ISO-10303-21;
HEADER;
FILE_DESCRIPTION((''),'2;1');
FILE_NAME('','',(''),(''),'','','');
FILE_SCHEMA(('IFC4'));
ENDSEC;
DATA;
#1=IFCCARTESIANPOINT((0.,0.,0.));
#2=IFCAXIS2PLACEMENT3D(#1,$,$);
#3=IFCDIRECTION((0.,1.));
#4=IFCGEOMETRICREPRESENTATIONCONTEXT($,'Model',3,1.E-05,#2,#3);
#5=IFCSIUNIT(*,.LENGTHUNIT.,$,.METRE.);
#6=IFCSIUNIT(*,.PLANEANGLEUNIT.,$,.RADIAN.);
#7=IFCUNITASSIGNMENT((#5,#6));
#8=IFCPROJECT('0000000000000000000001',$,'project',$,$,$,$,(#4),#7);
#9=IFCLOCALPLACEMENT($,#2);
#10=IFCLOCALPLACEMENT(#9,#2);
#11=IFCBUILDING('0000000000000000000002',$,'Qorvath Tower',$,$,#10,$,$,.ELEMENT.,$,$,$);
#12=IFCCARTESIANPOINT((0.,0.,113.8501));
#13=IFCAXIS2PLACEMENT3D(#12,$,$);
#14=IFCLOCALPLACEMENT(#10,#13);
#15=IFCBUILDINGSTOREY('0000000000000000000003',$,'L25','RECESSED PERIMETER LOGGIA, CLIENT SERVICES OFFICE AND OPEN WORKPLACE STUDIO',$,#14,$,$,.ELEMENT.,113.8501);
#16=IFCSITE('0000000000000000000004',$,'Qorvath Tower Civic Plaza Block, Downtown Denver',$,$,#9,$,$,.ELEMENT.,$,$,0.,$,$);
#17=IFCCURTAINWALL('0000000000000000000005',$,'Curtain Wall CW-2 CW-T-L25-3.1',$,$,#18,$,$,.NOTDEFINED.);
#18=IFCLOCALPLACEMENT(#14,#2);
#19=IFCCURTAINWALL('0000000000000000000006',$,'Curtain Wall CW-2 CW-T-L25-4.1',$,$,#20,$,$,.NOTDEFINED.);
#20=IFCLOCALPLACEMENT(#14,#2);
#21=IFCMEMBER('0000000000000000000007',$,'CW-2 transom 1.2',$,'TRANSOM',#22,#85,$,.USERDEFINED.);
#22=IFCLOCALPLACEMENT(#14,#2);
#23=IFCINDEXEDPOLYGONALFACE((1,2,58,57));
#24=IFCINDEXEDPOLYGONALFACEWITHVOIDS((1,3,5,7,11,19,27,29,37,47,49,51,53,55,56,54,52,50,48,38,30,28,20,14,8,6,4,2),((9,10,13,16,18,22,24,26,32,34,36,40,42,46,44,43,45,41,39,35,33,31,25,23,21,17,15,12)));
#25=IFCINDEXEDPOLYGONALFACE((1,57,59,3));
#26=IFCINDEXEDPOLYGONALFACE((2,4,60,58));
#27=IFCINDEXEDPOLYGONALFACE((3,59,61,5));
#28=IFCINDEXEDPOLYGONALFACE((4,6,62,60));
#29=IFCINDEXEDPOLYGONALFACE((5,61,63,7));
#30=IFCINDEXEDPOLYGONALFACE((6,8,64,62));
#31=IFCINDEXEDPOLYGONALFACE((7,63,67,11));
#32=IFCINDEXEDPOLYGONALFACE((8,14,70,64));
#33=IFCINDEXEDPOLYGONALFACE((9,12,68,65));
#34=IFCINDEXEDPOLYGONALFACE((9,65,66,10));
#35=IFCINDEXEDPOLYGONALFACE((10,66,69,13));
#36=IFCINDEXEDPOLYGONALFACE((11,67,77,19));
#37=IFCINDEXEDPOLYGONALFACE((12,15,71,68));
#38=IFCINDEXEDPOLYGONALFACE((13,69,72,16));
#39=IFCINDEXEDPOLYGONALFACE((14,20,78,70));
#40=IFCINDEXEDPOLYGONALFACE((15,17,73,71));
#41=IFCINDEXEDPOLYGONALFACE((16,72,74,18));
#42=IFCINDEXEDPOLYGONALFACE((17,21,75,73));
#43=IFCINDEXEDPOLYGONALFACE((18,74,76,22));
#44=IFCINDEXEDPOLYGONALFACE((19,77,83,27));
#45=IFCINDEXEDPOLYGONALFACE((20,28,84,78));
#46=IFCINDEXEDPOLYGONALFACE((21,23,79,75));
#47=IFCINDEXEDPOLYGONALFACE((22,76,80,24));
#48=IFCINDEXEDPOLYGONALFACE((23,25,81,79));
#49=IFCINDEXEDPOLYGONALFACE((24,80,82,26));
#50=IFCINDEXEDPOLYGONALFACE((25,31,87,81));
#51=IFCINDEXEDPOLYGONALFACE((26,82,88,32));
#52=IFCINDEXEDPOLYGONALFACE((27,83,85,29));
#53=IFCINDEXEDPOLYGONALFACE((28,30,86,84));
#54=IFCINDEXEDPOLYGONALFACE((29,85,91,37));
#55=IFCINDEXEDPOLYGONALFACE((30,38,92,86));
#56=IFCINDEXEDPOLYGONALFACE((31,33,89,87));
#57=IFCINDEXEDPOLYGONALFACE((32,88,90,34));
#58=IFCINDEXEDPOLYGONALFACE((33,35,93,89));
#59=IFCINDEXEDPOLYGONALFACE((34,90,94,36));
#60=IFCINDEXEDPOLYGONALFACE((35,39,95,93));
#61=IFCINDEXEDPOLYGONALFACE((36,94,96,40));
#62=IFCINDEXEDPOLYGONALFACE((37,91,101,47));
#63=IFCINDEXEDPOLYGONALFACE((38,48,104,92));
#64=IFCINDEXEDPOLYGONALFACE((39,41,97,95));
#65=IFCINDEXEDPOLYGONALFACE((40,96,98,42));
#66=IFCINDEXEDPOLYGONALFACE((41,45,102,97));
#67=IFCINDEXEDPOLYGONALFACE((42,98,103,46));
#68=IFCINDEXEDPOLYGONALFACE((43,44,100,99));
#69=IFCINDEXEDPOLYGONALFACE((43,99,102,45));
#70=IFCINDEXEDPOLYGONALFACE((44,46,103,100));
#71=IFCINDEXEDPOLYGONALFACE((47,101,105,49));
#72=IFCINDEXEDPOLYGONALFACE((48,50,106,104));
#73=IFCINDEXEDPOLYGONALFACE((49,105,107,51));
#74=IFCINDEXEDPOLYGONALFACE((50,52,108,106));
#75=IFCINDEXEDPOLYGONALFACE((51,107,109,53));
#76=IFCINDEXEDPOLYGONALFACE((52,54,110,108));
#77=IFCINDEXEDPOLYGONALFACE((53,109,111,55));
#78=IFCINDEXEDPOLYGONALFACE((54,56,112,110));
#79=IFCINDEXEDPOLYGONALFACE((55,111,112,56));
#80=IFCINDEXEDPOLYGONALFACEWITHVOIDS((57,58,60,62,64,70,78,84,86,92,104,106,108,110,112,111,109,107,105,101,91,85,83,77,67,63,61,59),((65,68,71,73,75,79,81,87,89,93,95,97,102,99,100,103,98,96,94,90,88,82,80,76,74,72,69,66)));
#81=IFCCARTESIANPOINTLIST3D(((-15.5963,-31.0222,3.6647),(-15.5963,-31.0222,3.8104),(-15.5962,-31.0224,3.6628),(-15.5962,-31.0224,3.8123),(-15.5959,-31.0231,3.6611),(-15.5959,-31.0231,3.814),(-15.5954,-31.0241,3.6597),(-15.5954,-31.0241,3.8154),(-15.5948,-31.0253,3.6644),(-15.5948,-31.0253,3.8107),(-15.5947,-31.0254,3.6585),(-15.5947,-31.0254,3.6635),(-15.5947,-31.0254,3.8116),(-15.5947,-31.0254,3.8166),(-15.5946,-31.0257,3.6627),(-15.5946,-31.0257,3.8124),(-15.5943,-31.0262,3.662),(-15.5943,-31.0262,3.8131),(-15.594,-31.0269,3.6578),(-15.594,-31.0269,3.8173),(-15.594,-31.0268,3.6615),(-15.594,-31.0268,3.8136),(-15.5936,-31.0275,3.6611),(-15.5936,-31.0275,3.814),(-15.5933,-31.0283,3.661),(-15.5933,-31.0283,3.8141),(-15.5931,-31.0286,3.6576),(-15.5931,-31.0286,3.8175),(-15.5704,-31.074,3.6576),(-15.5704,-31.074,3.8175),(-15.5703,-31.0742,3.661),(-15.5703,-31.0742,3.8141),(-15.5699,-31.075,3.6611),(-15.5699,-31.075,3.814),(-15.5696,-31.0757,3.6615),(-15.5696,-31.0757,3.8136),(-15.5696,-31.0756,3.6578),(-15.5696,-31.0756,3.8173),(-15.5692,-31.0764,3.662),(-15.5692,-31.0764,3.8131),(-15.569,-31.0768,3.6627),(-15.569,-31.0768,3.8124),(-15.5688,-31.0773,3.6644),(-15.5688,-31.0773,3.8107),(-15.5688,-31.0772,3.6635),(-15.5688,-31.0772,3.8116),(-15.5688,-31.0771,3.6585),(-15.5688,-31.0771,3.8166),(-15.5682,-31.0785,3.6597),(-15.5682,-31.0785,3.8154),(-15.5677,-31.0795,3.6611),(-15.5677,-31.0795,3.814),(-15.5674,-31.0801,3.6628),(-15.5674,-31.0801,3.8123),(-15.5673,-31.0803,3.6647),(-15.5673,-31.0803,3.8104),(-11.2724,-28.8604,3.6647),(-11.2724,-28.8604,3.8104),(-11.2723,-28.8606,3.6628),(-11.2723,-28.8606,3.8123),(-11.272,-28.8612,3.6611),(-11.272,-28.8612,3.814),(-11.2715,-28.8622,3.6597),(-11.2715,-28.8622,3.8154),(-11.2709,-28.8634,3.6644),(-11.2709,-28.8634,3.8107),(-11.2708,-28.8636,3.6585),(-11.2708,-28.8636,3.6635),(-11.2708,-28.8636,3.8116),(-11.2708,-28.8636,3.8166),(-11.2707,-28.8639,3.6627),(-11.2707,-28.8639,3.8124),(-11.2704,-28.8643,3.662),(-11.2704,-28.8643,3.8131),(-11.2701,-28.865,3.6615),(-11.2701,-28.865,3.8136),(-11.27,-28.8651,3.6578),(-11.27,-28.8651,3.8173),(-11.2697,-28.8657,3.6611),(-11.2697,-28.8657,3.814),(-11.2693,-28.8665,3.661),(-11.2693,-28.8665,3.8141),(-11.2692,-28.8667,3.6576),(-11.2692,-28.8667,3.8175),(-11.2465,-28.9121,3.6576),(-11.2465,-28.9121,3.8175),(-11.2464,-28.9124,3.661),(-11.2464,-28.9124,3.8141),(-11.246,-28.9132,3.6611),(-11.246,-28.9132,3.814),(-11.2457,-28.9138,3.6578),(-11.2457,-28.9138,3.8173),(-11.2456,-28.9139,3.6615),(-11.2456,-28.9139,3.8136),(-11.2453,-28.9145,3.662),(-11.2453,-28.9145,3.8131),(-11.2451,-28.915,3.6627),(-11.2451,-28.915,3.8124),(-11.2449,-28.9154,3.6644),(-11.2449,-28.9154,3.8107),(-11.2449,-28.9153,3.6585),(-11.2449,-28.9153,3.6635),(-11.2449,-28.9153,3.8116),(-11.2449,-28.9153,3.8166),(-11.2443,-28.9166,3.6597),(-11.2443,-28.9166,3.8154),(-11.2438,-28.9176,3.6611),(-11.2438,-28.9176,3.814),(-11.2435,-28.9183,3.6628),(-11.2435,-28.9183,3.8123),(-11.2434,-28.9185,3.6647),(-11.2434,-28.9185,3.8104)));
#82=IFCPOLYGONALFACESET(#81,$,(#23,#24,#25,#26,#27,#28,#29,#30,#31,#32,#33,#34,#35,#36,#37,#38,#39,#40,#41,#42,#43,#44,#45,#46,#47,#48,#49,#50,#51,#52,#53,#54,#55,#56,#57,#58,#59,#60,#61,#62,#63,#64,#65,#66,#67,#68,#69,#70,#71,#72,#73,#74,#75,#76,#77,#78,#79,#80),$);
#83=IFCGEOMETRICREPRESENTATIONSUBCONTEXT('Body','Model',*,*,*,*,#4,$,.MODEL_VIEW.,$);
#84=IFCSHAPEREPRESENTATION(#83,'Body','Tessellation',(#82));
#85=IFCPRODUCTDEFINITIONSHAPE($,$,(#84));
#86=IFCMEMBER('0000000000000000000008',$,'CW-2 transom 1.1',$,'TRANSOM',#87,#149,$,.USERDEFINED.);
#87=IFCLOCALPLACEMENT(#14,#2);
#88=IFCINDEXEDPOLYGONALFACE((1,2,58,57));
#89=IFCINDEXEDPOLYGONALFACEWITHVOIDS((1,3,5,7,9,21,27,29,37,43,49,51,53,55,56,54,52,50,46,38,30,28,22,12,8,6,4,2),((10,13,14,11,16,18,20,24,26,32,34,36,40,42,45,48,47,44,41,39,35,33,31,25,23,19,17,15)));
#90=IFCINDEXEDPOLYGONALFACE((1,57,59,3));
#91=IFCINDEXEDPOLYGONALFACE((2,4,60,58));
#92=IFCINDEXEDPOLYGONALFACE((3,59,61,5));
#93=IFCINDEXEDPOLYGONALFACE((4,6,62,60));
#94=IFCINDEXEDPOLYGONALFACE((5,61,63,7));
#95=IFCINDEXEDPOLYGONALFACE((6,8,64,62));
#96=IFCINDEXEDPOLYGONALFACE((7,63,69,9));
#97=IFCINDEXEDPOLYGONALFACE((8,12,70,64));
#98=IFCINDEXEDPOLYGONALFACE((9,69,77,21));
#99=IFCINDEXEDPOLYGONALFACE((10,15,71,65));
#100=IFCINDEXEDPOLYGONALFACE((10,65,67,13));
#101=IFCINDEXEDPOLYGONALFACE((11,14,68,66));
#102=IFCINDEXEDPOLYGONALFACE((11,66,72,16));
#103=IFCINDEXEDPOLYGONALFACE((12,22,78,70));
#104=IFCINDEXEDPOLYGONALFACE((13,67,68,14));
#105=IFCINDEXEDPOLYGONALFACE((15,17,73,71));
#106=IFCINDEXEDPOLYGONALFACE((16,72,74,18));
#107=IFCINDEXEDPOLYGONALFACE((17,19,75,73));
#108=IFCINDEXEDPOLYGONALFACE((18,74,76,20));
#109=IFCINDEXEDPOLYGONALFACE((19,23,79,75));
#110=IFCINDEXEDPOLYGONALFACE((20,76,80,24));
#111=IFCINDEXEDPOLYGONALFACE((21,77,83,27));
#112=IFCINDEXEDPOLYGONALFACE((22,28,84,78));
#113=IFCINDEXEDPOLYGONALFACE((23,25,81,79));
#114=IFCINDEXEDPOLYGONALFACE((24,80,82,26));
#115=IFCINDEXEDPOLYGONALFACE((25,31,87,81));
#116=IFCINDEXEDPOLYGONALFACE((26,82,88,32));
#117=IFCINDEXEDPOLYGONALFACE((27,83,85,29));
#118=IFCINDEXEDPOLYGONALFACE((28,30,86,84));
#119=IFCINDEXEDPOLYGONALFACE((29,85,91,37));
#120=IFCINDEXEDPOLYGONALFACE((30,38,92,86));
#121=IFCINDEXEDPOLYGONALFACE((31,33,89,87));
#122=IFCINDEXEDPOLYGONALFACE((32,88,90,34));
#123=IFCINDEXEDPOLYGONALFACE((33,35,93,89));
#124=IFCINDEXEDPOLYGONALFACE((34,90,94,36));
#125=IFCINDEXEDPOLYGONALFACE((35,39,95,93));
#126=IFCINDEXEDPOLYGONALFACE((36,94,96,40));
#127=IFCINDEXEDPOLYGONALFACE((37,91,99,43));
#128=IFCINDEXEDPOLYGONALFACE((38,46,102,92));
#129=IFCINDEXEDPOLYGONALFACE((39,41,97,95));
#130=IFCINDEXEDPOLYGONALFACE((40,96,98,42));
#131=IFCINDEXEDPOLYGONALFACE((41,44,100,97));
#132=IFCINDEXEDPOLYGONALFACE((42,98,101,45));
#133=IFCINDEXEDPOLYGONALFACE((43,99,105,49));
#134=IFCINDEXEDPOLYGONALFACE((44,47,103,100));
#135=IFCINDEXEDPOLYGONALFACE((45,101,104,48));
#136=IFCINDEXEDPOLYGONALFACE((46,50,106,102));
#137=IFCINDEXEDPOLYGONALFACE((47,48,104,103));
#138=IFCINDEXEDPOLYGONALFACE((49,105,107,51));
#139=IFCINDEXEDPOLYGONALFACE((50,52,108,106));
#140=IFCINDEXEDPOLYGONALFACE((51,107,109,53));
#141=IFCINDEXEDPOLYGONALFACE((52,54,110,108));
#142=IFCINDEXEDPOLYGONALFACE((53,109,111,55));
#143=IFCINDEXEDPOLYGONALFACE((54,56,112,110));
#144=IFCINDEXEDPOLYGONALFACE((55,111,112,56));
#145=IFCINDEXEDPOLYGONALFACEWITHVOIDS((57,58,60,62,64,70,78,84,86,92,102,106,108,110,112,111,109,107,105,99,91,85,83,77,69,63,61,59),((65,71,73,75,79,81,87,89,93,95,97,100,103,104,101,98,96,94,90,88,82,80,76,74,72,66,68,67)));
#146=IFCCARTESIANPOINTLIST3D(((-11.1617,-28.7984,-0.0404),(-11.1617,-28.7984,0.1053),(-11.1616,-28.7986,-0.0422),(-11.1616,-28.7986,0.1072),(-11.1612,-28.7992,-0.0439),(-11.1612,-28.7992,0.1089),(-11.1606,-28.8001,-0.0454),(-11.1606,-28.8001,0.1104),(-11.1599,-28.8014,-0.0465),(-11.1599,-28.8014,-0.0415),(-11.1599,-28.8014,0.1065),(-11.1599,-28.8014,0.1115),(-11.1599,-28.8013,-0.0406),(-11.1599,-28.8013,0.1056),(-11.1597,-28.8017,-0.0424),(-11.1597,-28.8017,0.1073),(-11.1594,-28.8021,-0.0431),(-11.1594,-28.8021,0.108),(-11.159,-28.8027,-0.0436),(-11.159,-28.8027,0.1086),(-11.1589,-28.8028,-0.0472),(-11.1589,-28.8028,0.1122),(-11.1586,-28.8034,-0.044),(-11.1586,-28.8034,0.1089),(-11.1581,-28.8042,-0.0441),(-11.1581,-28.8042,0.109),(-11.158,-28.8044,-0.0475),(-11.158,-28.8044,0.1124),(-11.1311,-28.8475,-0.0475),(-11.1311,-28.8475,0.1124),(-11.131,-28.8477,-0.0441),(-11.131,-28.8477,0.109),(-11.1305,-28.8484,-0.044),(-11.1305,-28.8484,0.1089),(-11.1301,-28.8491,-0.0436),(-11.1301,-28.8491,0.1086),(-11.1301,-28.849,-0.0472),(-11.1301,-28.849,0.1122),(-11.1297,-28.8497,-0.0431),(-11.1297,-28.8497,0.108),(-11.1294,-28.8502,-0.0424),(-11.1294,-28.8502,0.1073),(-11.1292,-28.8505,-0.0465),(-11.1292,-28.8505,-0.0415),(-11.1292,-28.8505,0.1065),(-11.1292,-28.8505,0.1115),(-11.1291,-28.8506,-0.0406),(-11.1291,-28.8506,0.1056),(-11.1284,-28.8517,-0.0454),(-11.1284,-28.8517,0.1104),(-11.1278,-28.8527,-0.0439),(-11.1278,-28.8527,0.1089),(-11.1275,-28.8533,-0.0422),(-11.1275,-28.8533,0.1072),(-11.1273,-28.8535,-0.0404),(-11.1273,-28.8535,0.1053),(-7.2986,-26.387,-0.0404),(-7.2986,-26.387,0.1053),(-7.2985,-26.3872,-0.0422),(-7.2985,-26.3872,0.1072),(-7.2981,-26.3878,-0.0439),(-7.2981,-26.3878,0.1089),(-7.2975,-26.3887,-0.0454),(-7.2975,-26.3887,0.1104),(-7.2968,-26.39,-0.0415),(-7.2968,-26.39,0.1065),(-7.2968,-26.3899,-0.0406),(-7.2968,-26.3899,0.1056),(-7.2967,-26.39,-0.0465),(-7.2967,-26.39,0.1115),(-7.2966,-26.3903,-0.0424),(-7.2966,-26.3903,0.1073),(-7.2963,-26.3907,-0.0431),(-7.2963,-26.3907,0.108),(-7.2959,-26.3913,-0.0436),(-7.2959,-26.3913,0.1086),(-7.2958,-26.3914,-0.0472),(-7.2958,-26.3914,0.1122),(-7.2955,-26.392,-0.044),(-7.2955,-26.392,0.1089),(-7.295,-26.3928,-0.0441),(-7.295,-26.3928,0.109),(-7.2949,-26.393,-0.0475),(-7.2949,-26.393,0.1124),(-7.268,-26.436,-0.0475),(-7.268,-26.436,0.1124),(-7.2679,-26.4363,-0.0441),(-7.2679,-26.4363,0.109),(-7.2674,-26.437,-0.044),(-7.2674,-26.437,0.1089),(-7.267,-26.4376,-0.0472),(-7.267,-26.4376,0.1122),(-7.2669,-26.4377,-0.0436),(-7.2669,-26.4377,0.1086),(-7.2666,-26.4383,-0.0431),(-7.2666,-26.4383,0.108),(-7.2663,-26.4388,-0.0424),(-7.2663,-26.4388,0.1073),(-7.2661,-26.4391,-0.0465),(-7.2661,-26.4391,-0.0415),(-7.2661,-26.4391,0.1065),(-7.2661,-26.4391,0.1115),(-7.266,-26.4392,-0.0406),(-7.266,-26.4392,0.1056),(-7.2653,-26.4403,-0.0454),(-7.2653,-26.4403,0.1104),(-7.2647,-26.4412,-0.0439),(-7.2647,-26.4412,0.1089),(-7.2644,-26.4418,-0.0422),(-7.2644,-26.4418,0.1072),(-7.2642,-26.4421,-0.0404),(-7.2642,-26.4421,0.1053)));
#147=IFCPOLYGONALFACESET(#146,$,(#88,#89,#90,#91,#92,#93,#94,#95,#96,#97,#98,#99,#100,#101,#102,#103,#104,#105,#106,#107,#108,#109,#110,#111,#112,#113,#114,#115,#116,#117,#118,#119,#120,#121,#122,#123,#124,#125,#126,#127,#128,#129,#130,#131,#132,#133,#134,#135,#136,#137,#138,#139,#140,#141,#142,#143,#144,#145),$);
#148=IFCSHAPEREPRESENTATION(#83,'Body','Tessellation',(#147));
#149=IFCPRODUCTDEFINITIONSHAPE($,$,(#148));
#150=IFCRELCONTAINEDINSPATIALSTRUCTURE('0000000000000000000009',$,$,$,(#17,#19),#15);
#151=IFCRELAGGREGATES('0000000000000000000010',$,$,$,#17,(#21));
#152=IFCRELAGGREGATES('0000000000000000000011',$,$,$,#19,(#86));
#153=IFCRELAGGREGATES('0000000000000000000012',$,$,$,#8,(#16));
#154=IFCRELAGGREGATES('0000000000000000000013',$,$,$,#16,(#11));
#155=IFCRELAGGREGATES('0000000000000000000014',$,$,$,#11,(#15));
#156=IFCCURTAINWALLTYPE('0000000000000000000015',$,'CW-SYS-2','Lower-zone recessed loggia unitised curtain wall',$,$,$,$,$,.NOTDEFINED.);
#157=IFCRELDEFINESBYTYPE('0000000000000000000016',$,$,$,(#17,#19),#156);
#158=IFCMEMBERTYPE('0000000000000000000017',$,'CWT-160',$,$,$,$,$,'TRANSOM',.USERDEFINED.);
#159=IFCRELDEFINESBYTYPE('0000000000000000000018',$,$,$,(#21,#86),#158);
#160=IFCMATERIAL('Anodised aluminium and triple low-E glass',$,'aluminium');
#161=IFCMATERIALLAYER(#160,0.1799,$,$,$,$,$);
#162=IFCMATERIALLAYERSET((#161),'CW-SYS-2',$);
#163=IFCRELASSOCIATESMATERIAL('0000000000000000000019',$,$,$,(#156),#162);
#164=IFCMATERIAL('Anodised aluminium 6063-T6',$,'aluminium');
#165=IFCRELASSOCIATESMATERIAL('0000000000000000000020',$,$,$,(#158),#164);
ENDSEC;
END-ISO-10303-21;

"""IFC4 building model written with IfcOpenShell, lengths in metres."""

from ifc_helpers import new_model, si_unit, direction, frame, origin, origin_2d, place, context, subcontext, project, spatial, hollow_rectangle, extrude, material, layer, layer_set, material_profile, profile_set, type_object, element, aggregate, save


model = new_model("IFC4")

# Units and contexts
model_context = context("Model", 3, precision=1e-05, world=origin(), true_north=direction((0.0, 1.0)))
body_context = subcontext(model_context, "Body", "Model", "MODEL_VIEW")
ifc_project = project(units=[si_unit("LENGTHUNIT", "METRE"), si_unit("PLANEANGLEUNIT", "RADIAN")], contexts=[model_context])

# Site, building, storey
site_placement = place(None, origin())
site = spatial("IfcSite", under=ifc_project, at=site_placement, Name="Qorvath Tower Civic Plaza Block, Downtown Denver", CompositionType="ELEMENT", RefElevation=0.0)
building_placement = place(site_placement, origin())
building = spatial("IfcBuilding", under=site, at=building_placement, Name="Qorvath Tower", CompositionType="ELEMENT")
storey_placement = place(building_placement, frame((0.0, 0.0, 113.8501)))
storey = spatial("IfcBuildingStorey", under=building, at=storey_placement, Name="L25", Description="RECESSED PERIMETER LOGGIA, CLIENT SERVICES OFFICE AND OPEN WORKPLACE STUDIO", CompositionType="ELEMENT", Elevation=113.8501)

# Shared definitions
ifc_material_1 = material(Name="Anodised aluminium and triple low-E glass", Category="aluminium")
ifc_layer_1 = layer(ifc_material_1, 0.1799)
ifc_layer_set_1 = layer_set([ifc_layer_1], Name="CW-SYS-2")
curtain_wall_type = type_object("IfcCurtainWallType", Name="CW-SYS-2", Description="Lower-zone recessed loggia unitised curtain wall", PredefinedType="NOTDEFINED", material=ifc_layer_set_1)

# Curtain wall
curtain_wall_1_placement = place(storey_placement, origin())
curtain_wall_1 = element("IfcCurtainWall", 1, at=curtain_wall_1_placement, inside=storey, type_object=curtain_wall_type, Name="Curtain Wall CW-2 CW-T-L25-3.1", PredefinedType="NOTDEFINED")

# Curtain wall
curtain_wall_2_placement = place(storey_placement, origin())
curtain_wall_2 = element("IfcCurtainWall", 2, at=curtain_wall_2_placement, inside=storey, type_object=curtain_wall_type, Name="Curtain Wall CW-2 CW-T-L25-4.1", PredefinedType="NOTDEFINED")

# Members
ifc_material_2 = material(Name="Anodised aluminium 6063-T6", Category="aluminium")
ifc_material_profile_1 = material_profile(ifc_material_2, hollow_rectangle(XDim=0.0649, YDim=0.1599, WallThickness=0.0034, InnerFilletRadius=0.0034, OuterFilletRadius=0.0071, at=origin_2d()), Name="CWT 160x65")
ifc_profile_set_1 = profile_set([ifc_material_profile_1], Name="Anodised aluminium 6063-T6")
member_type_1 = type_object("IfcMemberType", Name="CWT-160", ElementType="TRANSOM", PredefinedType="USERDEFINED", material=ifc_profile_set_1)
member_1_placement = place(storey_placement, frame((-15.5818, -31.0513, 3.7375), z_axis=(0.894437, 0.447193, 0.0), x_axis=(-0.447193, 0.894437, 0.0)))
member_1 = element("IfcMember", 3, at=member_1_placement, type_object=member_type_1, Name="CW-2 transom 1.2", ObjectType="TRANSOM", PredefinedType="USERDEFINED", context=body_context, shape_type="SweptSolid", body=[
    extrude(hollow_rectangle(XDim=0.0649, YDim=0.1599, WallThickness=0.0034, InnerFilletRadius=0.0034, OuterFilletRadius=0.0071, at=origin_2d()), origin(), (0.0, 0.0, 1.0), 4.8342),
])
member_2_placement = place(storey_placement, frame((-11.1445, -28.8259, 0.0325), z_axis=(0.848296, 0.529522, 0.0), x_axis=(-0.529522, 0.848296, 0.0)))
member_2 = element("IfcMember", 4, at=member_2_placement, type_object=member_type_1, Name="CW-2 transom 1.1", ObjectType="TRANSOM", PredefinedType="USERDEFINED", context=body_context, shape_type="SweptSolid", body=[
    extrude(hollow_rectangle(XDim=0.0649, YDim=0.1599, WallThickness=0.0034, InnerFilletRadius=0.0034, OuterFilletRadius=0.0071, at=origin_2d()), origin(), (0.0, 0.0, 1.0), 4.554),
])

aggregate(curtain_wall_1, [member_1])
aggregate(curtain_wall_2, [member_2])

save(model, "model.ifc")
